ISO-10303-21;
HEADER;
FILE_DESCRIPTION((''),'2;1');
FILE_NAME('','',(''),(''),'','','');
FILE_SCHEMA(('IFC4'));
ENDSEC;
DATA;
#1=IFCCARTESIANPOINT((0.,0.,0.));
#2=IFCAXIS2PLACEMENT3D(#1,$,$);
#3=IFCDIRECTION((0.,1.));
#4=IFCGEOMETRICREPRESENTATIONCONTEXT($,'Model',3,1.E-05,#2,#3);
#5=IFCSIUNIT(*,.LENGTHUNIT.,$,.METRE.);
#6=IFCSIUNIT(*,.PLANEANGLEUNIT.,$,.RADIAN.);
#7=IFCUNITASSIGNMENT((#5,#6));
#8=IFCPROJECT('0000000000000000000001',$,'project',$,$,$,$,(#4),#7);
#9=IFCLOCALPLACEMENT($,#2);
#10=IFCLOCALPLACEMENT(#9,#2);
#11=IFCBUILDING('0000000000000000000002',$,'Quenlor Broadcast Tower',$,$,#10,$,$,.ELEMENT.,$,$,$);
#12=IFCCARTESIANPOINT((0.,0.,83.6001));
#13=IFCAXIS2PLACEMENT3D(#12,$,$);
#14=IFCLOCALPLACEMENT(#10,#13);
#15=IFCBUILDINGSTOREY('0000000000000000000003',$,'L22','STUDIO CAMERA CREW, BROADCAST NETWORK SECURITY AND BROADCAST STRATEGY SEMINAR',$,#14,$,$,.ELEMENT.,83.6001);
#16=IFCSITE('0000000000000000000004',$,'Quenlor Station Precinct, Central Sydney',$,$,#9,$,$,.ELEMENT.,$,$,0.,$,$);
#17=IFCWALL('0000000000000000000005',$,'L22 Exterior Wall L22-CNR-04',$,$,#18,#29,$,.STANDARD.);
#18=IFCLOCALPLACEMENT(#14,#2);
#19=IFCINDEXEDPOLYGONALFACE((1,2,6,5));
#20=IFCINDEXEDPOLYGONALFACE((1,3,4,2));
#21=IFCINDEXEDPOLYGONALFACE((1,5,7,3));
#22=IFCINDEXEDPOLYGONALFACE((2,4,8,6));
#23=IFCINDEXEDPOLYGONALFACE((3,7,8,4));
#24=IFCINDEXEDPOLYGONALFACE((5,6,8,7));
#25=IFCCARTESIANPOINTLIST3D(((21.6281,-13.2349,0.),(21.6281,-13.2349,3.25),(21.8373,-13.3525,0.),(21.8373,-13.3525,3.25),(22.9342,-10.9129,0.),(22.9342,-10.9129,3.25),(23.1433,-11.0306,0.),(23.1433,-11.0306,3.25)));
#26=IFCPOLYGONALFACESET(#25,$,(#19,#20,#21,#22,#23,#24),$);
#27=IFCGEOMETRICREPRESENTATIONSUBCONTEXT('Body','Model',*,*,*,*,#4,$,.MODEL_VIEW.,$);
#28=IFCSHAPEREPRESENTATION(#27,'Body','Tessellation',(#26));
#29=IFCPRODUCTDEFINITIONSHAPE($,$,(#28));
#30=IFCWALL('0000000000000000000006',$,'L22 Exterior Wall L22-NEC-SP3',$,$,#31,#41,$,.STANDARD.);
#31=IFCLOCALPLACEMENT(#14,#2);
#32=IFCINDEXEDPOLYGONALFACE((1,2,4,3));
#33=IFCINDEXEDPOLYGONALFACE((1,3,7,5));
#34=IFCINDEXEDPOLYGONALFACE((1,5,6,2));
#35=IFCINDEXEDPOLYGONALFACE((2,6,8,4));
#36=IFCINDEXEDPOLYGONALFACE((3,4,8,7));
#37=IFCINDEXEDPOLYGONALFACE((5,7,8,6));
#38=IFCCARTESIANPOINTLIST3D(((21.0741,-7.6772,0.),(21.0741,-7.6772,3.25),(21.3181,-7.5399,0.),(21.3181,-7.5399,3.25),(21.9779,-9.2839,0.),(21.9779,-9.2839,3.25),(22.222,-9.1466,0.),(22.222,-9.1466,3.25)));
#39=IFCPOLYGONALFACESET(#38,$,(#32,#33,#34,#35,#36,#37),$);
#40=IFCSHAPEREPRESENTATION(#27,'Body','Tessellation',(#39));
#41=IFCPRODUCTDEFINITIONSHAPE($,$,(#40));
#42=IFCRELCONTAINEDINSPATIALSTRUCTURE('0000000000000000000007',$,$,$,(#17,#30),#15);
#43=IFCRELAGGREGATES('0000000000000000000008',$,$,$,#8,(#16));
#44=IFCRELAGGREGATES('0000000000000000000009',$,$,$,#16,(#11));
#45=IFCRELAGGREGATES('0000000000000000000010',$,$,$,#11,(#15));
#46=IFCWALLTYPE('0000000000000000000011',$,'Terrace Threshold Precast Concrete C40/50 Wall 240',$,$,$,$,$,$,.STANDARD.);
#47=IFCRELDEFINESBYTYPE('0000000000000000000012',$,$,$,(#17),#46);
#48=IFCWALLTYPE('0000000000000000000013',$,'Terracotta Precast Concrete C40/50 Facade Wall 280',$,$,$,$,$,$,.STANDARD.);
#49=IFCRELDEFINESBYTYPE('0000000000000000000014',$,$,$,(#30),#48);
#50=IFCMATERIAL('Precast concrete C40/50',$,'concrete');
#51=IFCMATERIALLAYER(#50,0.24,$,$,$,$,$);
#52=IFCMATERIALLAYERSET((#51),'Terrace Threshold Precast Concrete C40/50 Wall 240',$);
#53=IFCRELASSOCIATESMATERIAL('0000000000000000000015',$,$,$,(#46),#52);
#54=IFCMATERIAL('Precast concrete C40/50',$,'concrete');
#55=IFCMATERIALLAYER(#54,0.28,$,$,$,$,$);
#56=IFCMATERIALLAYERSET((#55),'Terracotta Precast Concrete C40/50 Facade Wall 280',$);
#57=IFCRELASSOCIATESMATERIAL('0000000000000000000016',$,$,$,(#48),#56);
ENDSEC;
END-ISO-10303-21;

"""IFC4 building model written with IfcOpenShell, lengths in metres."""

from ifc_helpers import new_model, si_unit, direction, frame, frame_2d, origin, place, context, subcontext, project, spatial, rectangle, extrude, material, layer, layer_set, type_object, element, save


model = new_model("IFC4")

# Units and contexts
model_context = context("Model", 3, precision=1e-05, world=origin(), true_north=direction((0.0, 1.0)))
body_context = subcontext(model_context, "Body", "Model", "MODEL_VIEW")
ifc_project = project(units=[si_unit("LENGTHUNIT", "METRE"), si_unit("PLANEANGLEUNIT", "RADIAN")], contexts=[model_context])

# Site, building, storey
site_placement = place(None, origin())
site = spatial("IfcSite", under=ifc_project, at=site_placement, Name="Quenlor Station Precinct, Central Sydney", CompositionType="ELEMENT", RefElevation=0.0)
building_placement = place(site_placement, origin())
building = spatial("IfcBuilding", under=site, at=building_placement, Name="Quenlor Broadcast Tower", CompositionType="ELEMENT")
storey_placement = place(building_placement, frame((0.0, 0.0, 83.6001)))
storey = spatial("IfcBuildingStorey", under=building, at=storey_placement, Name="L22", Description="STUDIO CAMERA CREW, BROADCAST NETWORK SECURITY AND BROADCAST STRATEGY SEMINAR", CompositionType="ELEMENT", Elevation=83.6001)

# Walls
ifc_material_1 = material(Name="Precast concrete C40/50", Category="concrete")
ifc_layer_1 = layer(ifc_material_1, 0.24)
ifc_layer_set_1 = layer_set([ifc_layer_1], Name="Terrace Threshold Precast Concrete C40/50 Wall 240")
wall_type_1 = type_object("IfcWallType", Name="Terrace Threshold Precast Concrete C40/50 Wall 240", PredefinedType="STANDARD", material=ifc_layer_set_1)
wall_1_placement = place(storey_placement, frame((21.7327, -13.2937, 0.0), z_axis=(0.0, 0.0, 1.0), x_axis=(0.490266, 0.871573, 0.0)))
element("IfcWall", 1, at=wall_1_placement, inside=storey, type_object=wall_type_1, Name="L22 Exterior Wall L22-CNR-04", PredefinedType="STANDARD", context=body_context, shape_type="SweptSolid", body=[
    extrude(rectangle(XDim=2.6641, YDim=0.24, at=frame_2d((1.332, 0.0))), origin(), (0.0, 0.0, 1.0), 3.25),
])
ifc_material_2 = material(Name="Precast concrete C40/50", Category="concrete")
ifc_layer_2 = layer(ifc_material_2, 0.28)
ifc_layer_set_2 = layer_set([ifc_layer_2], Name="Terracotta Precast Concrete C40/50 Facade Wall 280")
wall_type_2 = type_object("IfcWallType", Name="Terracotta Precast Concrete C40/50 Facade Wall 280", PredefinedType="STANDARD", material=ifc_layer_set_2)
wall_2_placement = place(storey_placement, frame((21.196, -7.6084, 0.0), z_axis=(0.0, 0.0, 1.0), x_axis=(0.49028, -0.871565, 0.0)))
element("IfcWall", 2, at=wall_2_placement, inside=storey, type_object=wall_type_2, Name="L22 Exterior Wall L22-NEC-SP3", PredefinedType="STANDARD", context=body_context, shape_type="SweptSolid", body=[
    extrude(rectangle(XDim=1.8435, YDim=0.28, at=frame_2d((0.9219, 0.0))), origin(), (0.0, 0.0, 1.0), 3.25),
])

save(model, "model.ifc")
